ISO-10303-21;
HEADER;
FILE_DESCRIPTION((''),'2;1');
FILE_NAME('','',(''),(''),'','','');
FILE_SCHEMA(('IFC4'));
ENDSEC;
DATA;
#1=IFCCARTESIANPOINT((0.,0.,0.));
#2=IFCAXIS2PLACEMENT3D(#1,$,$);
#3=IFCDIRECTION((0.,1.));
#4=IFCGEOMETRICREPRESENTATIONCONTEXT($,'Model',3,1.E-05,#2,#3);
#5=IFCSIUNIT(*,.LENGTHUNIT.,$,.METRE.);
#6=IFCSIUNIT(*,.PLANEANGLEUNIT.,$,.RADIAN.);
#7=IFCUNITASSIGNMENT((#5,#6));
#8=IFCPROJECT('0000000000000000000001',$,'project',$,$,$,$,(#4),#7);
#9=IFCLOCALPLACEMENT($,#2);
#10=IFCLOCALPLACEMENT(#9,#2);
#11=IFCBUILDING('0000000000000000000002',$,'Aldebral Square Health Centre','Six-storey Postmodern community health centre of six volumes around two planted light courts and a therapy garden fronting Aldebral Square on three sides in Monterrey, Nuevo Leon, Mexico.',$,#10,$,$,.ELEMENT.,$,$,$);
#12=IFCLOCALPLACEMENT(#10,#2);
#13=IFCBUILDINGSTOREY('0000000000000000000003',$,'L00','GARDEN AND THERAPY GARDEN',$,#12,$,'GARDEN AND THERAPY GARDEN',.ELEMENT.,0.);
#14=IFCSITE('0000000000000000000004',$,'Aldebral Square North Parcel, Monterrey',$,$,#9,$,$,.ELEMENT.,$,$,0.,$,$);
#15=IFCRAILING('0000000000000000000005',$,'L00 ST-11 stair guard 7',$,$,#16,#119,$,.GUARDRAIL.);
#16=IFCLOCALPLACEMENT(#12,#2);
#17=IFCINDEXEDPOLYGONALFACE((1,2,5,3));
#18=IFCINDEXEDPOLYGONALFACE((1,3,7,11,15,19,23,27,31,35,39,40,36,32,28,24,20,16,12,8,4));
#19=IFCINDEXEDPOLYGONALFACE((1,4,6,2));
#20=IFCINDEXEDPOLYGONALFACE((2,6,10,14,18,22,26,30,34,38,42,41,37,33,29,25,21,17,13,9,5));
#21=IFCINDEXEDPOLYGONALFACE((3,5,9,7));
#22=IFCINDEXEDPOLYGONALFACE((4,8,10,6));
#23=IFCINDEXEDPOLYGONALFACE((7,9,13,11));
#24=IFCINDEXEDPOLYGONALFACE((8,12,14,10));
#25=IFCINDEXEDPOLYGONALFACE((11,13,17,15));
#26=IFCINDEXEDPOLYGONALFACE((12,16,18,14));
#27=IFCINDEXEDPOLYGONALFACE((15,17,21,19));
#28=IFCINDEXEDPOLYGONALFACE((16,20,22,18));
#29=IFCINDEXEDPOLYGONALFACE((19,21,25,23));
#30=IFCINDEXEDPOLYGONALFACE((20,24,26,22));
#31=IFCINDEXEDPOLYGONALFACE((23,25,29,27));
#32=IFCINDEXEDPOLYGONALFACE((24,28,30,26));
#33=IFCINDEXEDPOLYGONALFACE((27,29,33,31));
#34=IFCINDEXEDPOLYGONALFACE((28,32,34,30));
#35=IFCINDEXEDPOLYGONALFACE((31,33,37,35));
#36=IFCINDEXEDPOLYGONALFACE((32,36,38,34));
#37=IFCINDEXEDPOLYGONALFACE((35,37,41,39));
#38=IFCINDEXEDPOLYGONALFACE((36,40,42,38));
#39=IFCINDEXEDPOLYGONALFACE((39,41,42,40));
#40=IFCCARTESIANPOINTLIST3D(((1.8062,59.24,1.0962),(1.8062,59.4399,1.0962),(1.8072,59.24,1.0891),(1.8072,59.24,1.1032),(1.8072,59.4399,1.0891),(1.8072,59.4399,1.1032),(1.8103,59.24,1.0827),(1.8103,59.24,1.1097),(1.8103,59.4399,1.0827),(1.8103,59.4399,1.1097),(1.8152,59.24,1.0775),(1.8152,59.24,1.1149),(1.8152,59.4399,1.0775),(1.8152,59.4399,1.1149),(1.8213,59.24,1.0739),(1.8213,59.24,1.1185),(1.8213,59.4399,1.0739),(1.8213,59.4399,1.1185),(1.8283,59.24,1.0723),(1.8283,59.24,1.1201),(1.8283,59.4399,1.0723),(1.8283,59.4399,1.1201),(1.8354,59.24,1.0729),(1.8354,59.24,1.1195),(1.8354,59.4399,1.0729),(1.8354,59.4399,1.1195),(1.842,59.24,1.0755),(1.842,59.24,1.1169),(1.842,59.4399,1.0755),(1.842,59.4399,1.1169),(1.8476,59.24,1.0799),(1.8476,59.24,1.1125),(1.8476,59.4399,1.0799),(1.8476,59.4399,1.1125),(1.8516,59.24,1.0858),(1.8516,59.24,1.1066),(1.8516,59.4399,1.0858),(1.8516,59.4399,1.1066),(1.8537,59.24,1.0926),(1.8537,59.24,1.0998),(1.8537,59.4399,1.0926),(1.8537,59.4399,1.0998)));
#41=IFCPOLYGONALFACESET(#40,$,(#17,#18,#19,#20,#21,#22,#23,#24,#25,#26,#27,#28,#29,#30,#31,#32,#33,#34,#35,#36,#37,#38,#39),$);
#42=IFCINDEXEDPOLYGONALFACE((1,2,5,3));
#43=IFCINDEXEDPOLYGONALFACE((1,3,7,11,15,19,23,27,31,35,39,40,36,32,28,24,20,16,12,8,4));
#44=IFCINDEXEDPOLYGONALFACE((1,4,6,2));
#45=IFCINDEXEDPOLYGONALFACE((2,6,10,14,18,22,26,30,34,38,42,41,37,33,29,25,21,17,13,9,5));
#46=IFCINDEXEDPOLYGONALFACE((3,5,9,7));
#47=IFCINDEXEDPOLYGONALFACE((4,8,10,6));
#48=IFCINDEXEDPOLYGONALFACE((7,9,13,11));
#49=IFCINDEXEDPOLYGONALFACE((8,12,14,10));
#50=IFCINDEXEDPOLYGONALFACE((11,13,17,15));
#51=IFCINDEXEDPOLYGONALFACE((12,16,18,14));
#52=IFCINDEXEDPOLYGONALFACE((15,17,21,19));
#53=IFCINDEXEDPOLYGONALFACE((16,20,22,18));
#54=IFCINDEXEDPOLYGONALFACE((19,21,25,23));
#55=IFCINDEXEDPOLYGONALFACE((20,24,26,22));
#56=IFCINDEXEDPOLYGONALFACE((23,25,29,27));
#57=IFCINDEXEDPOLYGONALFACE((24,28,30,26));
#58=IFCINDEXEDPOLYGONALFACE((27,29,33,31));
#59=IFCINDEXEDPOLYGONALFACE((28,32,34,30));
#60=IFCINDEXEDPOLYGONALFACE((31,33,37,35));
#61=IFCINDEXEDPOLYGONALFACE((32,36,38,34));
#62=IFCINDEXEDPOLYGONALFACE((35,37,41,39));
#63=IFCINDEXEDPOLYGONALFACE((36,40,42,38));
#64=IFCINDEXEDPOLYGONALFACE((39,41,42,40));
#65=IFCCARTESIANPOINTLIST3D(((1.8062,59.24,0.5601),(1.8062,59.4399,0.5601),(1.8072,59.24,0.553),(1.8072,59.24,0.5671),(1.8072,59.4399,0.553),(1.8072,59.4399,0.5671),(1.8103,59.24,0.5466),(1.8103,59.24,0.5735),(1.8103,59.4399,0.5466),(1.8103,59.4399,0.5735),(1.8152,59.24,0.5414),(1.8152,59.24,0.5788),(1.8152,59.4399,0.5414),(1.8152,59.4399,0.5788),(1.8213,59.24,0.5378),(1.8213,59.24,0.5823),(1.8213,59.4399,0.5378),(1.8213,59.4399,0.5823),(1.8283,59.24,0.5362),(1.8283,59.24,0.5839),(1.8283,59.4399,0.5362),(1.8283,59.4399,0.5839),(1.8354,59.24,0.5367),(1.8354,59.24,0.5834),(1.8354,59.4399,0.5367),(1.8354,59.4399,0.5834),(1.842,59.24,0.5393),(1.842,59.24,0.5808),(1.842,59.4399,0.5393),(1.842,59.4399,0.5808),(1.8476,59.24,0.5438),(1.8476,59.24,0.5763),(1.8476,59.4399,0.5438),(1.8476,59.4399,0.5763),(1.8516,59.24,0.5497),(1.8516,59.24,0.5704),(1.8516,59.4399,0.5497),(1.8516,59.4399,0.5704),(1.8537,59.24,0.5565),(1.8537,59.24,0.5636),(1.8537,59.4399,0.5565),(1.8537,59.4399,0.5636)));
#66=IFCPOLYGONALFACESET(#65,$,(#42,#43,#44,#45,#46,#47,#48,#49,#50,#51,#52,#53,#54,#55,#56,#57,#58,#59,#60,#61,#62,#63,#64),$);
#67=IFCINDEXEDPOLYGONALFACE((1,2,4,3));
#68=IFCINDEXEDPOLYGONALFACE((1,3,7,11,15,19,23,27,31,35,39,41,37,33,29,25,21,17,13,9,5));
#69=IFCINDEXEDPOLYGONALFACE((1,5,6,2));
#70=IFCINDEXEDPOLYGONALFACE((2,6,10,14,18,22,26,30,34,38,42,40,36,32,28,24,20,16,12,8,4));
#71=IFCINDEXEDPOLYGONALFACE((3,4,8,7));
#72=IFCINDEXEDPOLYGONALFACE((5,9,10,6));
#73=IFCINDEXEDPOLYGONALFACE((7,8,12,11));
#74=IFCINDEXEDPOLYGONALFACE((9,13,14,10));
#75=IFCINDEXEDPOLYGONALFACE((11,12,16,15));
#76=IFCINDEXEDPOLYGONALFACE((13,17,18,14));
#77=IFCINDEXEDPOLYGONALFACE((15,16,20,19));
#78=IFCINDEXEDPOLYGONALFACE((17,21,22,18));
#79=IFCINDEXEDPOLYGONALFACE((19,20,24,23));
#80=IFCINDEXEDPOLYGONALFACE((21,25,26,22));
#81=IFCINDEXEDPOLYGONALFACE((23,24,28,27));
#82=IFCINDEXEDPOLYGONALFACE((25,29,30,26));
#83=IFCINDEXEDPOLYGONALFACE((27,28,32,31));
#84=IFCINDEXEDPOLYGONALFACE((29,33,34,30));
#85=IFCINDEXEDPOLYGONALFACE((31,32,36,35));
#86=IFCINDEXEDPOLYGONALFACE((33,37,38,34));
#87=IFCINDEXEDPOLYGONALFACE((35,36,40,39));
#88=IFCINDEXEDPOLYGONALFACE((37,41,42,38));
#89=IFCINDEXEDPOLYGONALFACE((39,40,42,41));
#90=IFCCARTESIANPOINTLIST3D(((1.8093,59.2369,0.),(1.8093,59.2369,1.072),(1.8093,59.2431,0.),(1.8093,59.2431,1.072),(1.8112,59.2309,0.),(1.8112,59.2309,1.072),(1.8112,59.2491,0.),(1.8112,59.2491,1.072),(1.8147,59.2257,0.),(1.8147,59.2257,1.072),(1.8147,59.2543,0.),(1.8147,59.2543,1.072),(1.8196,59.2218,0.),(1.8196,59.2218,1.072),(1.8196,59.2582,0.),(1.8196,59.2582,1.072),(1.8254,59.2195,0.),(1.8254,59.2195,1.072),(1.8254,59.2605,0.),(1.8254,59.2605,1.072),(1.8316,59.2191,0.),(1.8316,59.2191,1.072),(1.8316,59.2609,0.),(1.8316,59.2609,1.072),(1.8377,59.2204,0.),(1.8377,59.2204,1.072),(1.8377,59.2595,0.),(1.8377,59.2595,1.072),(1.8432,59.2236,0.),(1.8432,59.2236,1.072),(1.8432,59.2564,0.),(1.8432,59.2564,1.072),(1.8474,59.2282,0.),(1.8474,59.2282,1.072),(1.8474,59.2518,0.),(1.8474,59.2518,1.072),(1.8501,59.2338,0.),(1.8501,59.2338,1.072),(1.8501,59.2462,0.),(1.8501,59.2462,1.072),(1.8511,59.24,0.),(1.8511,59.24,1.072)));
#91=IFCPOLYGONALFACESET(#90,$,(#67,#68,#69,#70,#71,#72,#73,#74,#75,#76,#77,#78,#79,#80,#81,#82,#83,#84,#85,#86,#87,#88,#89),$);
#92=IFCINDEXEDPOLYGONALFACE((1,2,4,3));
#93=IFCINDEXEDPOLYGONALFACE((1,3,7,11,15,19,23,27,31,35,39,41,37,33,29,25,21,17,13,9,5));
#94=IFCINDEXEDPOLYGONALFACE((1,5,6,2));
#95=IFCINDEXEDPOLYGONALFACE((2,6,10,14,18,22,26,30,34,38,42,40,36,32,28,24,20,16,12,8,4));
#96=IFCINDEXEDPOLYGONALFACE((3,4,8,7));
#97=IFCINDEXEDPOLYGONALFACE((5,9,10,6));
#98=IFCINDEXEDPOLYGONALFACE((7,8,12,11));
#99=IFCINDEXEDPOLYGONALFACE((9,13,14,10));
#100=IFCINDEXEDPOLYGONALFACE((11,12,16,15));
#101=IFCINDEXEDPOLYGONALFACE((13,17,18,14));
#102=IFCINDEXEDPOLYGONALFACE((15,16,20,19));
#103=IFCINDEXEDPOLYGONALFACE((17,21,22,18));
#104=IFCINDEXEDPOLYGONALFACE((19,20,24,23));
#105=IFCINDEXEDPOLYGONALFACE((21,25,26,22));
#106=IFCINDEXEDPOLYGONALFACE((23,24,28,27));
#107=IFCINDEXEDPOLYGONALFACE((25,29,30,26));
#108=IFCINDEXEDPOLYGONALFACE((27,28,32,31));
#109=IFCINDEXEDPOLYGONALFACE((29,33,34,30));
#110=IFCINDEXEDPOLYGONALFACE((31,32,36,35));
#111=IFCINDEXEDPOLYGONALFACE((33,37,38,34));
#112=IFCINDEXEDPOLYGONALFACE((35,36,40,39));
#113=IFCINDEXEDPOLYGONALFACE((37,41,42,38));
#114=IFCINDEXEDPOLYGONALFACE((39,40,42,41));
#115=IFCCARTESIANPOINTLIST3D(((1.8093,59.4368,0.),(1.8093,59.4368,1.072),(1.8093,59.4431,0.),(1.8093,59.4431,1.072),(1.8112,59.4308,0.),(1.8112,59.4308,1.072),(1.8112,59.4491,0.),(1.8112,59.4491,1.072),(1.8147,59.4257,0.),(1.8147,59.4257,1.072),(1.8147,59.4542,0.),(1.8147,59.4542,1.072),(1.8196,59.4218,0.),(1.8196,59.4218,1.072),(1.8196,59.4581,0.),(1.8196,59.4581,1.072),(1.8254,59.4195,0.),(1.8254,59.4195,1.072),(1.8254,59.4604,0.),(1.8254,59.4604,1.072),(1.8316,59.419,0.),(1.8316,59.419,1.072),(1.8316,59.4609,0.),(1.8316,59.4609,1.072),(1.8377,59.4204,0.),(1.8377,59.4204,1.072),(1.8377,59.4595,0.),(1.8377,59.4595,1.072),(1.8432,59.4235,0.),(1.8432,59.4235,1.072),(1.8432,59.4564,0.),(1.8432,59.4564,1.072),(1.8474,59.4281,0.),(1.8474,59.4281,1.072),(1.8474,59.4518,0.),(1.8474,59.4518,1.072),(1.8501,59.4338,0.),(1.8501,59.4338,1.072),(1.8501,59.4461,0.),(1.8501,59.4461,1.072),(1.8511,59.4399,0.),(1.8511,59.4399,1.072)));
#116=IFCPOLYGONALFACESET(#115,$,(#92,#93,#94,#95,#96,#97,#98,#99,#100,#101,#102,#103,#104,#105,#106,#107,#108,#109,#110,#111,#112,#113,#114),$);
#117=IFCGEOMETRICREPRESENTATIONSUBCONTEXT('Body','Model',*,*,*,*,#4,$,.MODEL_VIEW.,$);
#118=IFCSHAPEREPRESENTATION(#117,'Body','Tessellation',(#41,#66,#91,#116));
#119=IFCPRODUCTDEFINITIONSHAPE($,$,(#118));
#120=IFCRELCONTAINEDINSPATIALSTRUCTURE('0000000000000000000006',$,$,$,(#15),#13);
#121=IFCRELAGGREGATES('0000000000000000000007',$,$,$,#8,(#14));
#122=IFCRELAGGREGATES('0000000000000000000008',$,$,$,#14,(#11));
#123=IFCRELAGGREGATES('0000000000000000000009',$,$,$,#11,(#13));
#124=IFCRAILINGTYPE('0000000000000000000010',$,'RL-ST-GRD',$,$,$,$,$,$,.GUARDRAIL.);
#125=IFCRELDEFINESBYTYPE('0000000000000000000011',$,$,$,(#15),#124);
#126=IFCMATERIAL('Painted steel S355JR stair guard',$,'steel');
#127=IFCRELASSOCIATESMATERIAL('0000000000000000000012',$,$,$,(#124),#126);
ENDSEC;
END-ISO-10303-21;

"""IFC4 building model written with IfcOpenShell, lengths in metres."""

from ifc_helpers import new_model, si_unit, direction, frame, origin, origin_2d, place, context, subcontext, project, spatial, circle, extrude, material, type_object, element, save


model = new_model("IFC4")

# Units and contexts
model_context = context("Model", 3, precision=1e-05, world=origin(), true_north=direction((0.0, 1.0)))
body_context = subcontext(model_context, "Body", "Model", "MODEL_VIEW")
ifc_project = project(units=[si_unit("LENGTHUNIT", "METRE"), si_unit("PLANEANGLEUNIT", "RADIAN")], contexts=[model_context])

# Site, building, storey
site_placement = place(None, origin())
site = spatial("IfcSite", under=ifc_project, at=site_placement, Name="Aldebral Square North Parcel, Monterrey", CompositionType="ELEMENT", RefElevation=0.0)
building_placement = place(site_placement, origin())
building = spatial("IfcBuilding", under=site, at=building_placement, Name="Aldebral Square Health Centre", Description="Six-storey Postmodern community health centre of six volumes around two planted light courts and a therapy garden fronting Aldebral Square on three sides in Monterrey, Nuevo Leon, Mexico.", CompositionType="ELEMENT")
storey_placement = place(building_placement, origin())
storey = spatial("IfcBuildingStorey", under=building, at=storey_placement, Name="L00", Description="GARDEN AND THERAPY GARDEN", LongName="GARDEN AND THERAPY GARDEN", CompositionType="ELEMENT", Elevation=0.0)

# Railing
ifc_material_1 = material(Name="Painted steel S355JR stair guard", Category="steel")
railing_type_1 = type_object("IfcRailingType", Name="RL-ST-GRD", PredefinedType="GUARDRAIL", material=ifc_material_1)
railing_1_placement = place(storey_placement, frame((1.8301, 59.24, 0.0)))
element("IfcRailing", 1, at=railing_1_placement, inside=storey, type_object=railing_type_1, Name="L00 ST-11 stair guard 7", PredefinedType="GUARDRAIL", context=body_context, shape_type="SweptSolid", body=[
    extrude(circle(Radius=0.0239, at=origin_2d()), frame((0.0, 0.0, 1.0962), z_axis=(0.0, 1.0, 0.0), x_axis=(-1.0, 0.0, 0.0)), (0.0, 0.0, 1.0), 0.2),
    extrude(circle(Radius=0.0239, at=origin_2d()), frame((0.0, 0.0, 0.5601), z_axis=(0.0, 1.0, 0.0), x_axis=(-1.0, 0.0, 0.0)), (0.0, 0.0, 1.0), 0.2),
    extrude(circle(Radius=0.021, at=origin_2d()), origin(), (0.0, 0.0, 1.0), 1.072),
    extrude(circle(Radius=0.021, at=origin_2d()), frame((0.0, 0.2, 0.0)), (0.0, 0.0, 1.0), 1.072),
])

save(model, "model.ifc")
